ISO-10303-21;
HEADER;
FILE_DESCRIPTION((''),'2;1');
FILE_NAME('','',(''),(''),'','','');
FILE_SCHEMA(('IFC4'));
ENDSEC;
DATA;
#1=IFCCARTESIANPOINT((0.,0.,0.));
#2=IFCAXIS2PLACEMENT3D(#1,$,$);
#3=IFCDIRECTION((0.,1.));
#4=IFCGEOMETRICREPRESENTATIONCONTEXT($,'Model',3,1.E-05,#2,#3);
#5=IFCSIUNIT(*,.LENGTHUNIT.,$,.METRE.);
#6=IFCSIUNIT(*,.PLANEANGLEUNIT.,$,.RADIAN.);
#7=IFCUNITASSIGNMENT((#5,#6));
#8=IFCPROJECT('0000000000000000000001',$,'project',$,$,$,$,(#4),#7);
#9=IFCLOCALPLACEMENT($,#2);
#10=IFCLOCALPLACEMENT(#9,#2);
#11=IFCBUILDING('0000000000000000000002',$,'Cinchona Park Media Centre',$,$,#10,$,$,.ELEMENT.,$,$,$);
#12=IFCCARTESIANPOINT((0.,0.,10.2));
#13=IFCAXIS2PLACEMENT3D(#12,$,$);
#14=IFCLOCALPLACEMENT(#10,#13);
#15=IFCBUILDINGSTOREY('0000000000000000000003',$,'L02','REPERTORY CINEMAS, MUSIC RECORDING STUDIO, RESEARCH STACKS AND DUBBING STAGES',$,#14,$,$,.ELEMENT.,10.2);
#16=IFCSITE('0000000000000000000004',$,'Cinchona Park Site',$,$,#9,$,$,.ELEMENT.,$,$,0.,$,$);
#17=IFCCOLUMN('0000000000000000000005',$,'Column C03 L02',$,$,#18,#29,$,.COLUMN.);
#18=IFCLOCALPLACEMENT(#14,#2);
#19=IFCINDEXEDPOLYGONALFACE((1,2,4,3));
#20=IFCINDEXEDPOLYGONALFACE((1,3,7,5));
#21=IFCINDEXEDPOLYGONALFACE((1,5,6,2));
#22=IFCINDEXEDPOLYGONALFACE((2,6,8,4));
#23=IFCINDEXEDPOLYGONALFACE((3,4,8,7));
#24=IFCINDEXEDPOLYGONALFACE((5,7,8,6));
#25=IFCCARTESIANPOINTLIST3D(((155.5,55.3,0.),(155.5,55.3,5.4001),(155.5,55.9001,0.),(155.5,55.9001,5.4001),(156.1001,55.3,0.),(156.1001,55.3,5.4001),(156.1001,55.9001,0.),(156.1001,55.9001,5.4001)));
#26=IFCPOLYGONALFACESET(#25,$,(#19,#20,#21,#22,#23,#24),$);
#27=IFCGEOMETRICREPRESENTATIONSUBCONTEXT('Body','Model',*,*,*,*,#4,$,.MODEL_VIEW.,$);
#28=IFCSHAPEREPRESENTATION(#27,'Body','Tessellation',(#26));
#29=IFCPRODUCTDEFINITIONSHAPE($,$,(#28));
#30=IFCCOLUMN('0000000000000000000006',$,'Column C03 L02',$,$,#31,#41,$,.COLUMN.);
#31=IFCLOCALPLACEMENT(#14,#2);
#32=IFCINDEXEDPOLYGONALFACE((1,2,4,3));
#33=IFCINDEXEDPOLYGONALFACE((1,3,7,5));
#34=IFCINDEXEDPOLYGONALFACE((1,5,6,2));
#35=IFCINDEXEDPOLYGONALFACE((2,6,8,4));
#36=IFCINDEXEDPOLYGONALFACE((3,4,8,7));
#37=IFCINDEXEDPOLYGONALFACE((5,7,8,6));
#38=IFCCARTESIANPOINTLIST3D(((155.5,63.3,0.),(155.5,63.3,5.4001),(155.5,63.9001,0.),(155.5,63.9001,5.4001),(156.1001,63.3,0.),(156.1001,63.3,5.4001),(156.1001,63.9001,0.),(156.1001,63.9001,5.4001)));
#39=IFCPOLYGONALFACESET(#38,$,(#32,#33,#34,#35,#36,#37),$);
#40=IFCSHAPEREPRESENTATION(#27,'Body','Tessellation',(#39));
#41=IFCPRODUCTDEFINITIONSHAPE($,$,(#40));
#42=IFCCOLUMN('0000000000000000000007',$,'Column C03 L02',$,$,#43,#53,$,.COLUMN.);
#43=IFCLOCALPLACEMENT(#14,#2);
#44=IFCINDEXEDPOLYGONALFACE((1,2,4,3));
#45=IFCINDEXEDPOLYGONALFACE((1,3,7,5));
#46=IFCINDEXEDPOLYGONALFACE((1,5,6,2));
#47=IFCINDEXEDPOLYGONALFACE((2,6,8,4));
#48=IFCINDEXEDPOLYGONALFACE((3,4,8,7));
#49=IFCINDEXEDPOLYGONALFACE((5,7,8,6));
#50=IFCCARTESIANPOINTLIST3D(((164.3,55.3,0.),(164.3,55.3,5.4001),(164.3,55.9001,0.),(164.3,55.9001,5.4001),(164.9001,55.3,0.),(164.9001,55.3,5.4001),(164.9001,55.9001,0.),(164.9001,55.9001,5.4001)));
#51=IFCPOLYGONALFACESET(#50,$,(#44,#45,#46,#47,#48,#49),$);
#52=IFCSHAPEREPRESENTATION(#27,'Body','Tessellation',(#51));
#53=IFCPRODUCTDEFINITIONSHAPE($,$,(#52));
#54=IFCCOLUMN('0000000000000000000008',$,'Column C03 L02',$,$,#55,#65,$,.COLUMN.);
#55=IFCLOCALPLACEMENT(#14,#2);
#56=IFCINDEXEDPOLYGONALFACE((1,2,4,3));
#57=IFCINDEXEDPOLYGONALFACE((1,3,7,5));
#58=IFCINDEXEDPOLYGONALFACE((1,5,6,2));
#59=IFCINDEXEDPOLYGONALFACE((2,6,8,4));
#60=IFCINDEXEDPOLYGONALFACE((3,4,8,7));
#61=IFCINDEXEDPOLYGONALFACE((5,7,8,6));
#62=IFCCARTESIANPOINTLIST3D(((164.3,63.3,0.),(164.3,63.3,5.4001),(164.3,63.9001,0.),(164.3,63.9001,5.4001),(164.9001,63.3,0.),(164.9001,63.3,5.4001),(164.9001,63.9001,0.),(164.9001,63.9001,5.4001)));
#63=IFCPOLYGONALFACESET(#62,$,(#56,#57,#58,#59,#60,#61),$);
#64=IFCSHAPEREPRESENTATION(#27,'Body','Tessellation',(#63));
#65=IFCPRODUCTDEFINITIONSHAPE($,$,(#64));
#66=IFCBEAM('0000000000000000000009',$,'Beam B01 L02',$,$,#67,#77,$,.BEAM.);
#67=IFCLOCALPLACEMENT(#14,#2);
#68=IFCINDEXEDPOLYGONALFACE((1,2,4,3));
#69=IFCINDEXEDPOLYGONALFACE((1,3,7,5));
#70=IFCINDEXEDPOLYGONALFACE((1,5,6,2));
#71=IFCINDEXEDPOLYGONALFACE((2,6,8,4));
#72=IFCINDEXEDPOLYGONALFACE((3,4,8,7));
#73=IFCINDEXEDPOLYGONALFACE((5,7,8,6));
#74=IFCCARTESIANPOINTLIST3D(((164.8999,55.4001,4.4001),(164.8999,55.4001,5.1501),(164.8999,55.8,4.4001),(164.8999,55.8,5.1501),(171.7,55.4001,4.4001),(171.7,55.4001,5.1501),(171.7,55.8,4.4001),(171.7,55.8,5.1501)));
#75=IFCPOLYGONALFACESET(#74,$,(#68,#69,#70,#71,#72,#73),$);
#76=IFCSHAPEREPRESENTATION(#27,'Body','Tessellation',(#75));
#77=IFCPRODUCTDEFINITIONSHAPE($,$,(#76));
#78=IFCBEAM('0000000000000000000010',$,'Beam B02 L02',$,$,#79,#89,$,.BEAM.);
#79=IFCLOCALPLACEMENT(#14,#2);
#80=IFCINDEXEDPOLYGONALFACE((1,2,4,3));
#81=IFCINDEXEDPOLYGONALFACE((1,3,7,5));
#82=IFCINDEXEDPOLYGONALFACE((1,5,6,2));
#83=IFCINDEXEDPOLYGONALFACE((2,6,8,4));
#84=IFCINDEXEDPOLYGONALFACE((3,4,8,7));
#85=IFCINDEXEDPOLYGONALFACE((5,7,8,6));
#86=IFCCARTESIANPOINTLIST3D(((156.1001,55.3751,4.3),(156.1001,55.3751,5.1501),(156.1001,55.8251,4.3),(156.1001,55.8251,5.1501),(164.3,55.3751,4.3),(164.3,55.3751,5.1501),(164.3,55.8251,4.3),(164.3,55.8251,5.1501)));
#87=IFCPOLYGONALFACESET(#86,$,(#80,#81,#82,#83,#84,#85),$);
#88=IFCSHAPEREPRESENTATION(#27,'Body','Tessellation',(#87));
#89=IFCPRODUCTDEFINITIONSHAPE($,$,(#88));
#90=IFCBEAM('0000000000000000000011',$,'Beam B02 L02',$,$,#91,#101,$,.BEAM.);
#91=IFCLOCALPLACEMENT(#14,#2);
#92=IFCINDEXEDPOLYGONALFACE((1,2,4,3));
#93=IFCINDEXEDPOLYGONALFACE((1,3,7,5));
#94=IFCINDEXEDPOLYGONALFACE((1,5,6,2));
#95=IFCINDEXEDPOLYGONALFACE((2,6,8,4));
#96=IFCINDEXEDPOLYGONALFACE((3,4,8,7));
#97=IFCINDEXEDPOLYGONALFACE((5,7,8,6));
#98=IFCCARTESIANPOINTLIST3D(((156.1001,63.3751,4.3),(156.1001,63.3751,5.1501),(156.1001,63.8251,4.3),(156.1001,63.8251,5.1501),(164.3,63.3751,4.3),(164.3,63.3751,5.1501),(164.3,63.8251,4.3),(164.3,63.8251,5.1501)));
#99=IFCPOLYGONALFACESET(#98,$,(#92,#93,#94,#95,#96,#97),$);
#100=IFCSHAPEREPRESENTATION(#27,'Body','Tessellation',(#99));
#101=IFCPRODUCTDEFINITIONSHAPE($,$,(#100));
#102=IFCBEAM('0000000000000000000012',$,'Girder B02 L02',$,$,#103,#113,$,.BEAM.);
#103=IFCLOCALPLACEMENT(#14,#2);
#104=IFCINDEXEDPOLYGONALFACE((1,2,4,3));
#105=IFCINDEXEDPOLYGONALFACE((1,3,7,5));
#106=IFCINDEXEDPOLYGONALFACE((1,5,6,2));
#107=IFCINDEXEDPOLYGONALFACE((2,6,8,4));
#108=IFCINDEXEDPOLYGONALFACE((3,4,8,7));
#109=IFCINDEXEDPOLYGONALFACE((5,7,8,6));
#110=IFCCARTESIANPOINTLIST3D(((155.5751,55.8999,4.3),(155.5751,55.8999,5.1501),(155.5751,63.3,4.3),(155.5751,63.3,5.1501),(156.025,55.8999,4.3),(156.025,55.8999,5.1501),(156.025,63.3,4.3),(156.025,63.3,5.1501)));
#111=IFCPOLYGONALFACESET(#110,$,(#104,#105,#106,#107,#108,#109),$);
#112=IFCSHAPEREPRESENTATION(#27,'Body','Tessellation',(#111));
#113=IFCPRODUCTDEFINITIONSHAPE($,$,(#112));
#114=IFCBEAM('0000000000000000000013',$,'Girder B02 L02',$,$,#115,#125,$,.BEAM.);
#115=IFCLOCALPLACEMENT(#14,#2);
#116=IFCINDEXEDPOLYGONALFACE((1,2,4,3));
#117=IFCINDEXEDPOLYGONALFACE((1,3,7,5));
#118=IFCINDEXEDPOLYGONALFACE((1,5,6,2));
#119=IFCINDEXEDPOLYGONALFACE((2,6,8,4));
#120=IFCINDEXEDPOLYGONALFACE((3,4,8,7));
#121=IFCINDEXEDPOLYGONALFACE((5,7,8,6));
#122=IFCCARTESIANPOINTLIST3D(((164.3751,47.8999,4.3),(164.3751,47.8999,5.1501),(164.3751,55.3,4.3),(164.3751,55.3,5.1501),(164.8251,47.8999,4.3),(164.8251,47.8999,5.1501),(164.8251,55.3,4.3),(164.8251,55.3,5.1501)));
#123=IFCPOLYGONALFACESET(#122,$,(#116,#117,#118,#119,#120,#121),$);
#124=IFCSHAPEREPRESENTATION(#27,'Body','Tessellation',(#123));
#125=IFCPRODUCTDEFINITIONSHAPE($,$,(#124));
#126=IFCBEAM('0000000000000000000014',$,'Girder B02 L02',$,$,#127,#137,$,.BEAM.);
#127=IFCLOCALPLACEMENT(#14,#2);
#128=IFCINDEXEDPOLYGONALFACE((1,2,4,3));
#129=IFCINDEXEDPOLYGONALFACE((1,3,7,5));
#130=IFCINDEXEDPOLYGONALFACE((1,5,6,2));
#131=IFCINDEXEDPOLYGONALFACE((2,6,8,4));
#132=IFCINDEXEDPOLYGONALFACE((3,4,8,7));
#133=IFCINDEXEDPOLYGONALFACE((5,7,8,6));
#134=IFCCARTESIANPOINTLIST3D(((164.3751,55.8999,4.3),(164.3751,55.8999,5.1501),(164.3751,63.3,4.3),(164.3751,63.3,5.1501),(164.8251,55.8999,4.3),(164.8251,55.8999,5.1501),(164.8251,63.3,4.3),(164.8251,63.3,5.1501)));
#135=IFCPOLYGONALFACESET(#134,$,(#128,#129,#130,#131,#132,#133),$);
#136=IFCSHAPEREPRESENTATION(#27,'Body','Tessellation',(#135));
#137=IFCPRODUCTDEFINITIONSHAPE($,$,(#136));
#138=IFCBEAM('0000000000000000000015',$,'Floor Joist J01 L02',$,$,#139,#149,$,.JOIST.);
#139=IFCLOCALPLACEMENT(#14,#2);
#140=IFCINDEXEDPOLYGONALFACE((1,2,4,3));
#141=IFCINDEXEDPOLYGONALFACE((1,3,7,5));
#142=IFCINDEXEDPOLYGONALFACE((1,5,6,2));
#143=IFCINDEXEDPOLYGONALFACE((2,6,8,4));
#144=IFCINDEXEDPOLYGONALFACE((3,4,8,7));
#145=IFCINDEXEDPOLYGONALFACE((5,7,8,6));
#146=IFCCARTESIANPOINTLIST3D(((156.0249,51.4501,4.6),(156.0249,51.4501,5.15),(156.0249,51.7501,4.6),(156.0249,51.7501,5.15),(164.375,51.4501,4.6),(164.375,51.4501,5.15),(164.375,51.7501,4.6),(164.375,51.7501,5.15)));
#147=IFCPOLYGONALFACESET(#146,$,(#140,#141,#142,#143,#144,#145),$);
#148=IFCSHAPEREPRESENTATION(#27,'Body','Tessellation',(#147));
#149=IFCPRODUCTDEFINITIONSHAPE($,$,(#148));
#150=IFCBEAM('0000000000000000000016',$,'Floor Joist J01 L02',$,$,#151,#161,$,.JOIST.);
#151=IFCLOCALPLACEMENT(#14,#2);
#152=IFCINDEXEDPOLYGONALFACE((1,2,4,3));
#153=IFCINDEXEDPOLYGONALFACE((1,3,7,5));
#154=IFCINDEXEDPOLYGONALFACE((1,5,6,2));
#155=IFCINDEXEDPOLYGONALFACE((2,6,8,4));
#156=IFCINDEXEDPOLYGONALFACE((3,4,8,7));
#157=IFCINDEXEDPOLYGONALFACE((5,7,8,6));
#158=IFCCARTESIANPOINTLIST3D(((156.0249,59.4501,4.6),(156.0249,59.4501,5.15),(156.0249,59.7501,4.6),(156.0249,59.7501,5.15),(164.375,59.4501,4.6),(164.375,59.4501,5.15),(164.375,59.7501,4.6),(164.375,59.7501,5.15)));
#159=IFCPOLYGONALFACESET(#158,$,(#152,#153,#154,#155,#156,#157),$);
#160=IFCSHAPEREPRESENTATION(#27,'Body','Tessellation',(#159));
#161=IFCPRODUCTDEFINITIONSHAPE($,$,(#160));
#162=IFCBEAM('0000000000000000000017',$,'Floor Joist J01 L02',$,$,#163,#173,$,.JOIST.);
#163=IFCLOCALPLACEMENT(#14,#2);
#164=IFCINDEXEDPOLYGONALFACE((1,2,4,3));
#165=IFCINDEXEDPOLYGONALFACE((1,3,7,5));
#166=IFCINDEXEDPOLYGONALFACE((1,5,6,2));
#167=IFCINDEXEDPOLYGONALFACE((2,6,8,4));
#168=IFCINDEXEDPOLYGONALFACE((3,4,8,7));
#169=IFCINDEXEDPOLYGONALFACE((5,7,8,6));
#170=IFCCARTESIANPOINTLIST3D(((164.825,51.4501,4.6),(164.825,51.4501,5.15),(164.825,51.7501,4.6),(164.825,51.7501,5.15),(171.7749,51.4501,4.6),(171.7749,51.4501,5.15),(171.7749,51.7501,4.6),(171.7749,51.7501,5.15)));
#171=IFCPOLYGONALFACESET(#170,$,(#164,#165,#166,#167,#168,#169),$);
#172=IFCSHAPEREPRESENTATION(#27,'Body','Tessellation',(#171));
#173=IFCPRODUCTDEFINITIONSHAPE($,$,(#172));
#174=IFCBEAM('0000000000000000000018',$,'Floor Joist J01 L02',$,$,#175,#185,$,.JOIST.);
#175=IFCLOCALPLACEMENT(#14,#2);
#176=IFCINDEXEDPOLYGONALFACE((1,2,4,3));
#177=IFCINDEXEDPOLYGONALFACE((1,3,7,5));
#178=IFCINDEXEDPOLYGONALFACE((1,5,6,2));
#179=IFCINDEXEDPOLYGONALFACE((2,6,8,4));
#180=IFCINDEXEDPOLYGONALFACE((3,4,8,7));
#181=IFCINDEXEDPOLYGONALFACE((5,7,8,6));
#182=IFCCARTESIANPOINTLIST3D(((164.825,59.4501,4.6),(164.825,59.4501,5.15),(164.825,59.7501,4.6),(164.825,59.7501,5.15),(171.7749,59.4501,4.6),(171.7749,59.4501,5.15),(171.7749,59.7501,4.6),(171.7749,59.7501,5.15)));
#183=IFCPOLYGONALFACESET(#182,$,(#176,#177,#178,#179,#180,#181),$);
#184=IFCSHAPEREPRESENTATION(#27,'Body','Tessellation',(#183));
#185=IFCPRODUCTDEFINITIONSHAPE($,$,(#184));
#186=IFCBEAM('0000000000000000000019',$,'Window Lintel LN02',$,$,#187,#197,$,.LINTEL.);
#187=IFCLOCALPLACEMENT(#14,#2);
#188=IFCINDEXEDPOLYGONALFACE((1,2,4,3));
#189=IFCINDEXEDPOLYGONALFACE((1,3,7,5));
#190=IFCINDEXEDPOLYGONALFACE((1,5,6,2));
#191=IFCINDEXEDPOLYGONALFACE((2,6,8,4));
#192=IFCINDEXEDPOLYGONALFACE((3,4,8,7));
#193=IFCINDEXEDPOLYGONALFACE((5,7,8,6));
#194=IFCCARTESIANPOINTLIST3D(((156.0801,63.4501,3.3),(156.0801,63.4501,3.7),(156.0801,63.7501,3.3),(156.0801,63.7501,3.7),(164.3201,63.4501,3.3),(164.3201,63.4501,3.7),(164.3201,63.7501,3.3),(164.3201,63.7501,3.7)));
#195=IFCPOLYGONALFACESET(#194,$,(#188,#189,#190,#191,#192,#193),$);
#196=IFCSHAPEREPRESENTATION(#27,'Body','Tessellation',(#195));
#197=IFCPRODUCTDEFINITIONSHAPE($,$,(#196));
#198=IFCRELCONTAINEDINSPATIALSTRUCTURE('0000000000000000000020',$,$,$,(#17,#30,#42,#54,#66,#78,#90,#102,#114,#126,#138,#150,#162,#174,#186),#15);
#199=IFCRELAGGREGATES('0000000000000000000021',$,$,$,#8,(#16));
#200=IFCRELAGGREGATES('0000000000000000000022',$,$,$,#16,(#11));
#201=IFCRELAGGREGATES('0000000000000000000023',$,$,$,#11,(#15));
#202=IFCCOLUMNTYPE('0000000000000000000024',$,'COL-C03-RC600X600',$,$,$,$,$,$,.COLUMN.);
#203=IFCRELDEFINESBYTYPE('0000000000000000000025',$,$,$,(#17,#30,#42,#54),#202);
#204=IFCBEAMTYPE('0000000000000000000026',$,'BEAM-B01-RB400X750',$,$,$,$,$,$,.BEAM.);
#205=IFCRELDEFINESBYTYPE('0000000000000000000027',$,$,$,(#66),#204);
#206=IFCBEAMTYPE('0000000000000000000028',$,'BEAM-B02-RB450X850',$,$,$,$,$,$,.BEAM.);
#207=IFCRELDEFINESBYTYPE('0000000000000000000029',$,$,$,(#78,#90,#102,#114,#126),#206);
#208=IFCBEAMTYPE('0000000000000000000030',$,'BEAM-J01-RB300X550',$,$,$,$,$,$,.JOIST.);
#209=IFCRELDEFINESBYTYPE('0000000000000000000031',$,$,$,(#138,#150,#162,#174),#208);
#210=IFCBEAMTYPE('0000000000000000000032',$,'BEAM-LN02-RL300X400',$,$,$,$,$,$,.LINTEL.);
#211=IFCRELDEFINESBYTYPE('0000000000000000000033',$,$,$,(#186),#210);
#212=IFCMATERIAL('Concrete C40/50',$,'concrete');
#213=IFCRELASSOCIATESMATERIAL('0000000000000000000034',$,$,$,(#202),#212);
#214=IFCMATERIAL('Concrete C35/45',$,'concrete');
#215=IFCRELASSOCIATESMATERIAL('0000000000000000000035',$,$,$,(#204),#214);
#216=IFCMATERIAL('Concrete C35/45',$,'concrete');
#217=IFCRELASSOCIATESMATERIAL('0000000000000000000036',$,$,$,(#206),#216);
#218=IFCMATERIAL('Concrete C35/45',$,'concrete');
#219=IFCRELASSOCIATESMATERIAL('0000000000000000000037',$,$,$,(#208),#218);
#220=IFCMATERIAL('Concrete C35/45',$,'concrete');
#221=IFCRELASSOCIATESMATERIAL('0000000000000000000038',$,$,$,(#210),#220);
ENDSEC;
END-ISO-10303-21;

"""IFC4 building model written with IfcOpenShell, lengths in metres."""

from ifc_helpers import new_model, si_unit, direction, frame, origin, origin_2d, place, context, subcontext, project, spatial, rectangle, extrude, material, material_profile, profile_set, type_object, element, save


model = new_model("IFC4")

# Units and contexts
model_context = context("Model", 3, precision=1e-05, world=origin(), true_north=direction((0.0, 1.0)))
body_context = subcontext(model_context, "Body", "Model", "MODEL_VIEW")
ifc_project = project(units=[si_unit("LENGTHUNIT", "METRE"), si_unit("PLANEANGLEUNIT", "RADIAN")], contexts=[model_context])

# Site, building, storey
site_placement = place(None, origin())
site = spatial("IfcSite", under=ifc_project, at=site_placement, Name="Cinchona Park Site", CompositionType="ELEMENT", RefElevation=0.0)
building_placement = place(site_placement, origin())
building = spatial("IfcBuilding", under=site, at=building_placement, Name="Cinchona Park Media Centre", CompositionType="ELEMENT")
storey_placement = place(building_placement, frame((0.0, 0.0, 10.2)))
storey = spatial("IfcBuildingStorey", under=building, at=storey_placement, Name="L02", Description="REPERTORY CINEMAS, MUSIC RECORDING STUDIO, RESEARCH STACKS AND DUBBING STAGES", CompositionType="ELEMENT", Elevation=10.2)

# Columns
ifc_material_1 = material(Name="Concrete C40/50", Category="concrete")
ifc_material_profile_1 = material_profile(ifc_material_1, rectangle(XDim=0.6001, YDim=0.6001, at=origin_2d()), Name="RC 600X600")
ifc_profile_set_1 = profile_set([ifc_material_profile_1], Name="Concrete C40/50")
column_type = type_object("IfcColumnType", Name="COL-C03-RC600X600", PredefinedType="COLUMN", material=ifc_profile_set_1)
for number, where, z_axis, x_axis, name in (
    (1, (155.8, 55.6001, 0.0), (0.0, 0.0, 1.0), (1.0, 0.0, 0.0), "Column C03 L02"),
    (2, (155.8, 63.6001, 0.0), (0.0, 0.0, 1.0), (1.0, 0.0, 0.0), "Column C03 L02"),
    (3, (164.6001, 55.6001, 0.0), (0.0, 0.0, 1.0), (1.0, 0.0, 0.0), "Column C03 L02"),
    (4, (164.6001, 63.6001, 0.0), (0.0, 0.0, 1.0), (1.0, 0.0, 0.0), "Column C03 L02"),
):
    element("IfcColumn", number, at=place(storey_placement, frame(where, z_axis=z_axis, x_axis=x_axis)), inside=storey, type_object=column_type, Name=name, PredefinedType="COLUMN", context=body_context, shape_type="SweptSolid", body=[
        extrude(rectangle(XDim=0.6001, YDim=0.6001, at=origin_2d()), origin(), (0.0, 0.0, 1.0), 5.4001),
    ])

# Beams
ifc_material_2 = material(Name="Concrete C35/45", Category="concrete")
ifc_material_profile_2 = material_profile(ifc_material_2, rectangle(XDim=0.3999, YDim=0.75, at=origin_2d()), Name="RB 400X750")
ifc_profile_set_2 = profile_set([ifc_material_profile_2], Name="Concrete C35/45")
beam_type_1 = type_object("IfcBeamType", Name="BEAM-B01-RB400X750", PredefinedType="BEAM", material=ifc_profile_set_2)
beam_1_placement = place(storey_placement, frame((164.8999, 55.6001, 4.7751), z_axis=(1.0, 0.0, 0.0), x_axis=(0.0, 1.0, 0.0)))
element("IfcBeam", 5, at=beam_1_placement, inside=storey, type_object=beam_type_1, Name="Beam B01 L02", PredefinedType="BEAM", context=body_context, shape_type="SweptSolid", body=[
    extrude(rectangle(XDim=0.3999, YDim=0.75, at=origin_2d()), origin(), (0.0, 0.0, 1.0), 6.8),
])
ifc_material_3 = material(Name="Concrete C35/45", Category="concrete")
ifc_material_profile_3 = material_profile(ifc_material_3, rectangle(XDim=0.45, YDim=0.8501, at=origin_2d()), Name="RB 450X850")
ifc_profile_set_3 = profile_set([ifc_material_profile_3], Name="Concrete C35/45")
beam_type_2 = type_object("IfcBeamType", Name="BEAM-B02-RB450X850", PredefinedType="BEAM", material=ifc_profile_set_3)
for number, where, z_axis, x_axis, name in (
    (6, (156.1001, 55.6001, 4.7251), (1.0, 0.0, 0.0), (0.0, 1.0, 0.0), "Beam B02 L02"),
    (7, (156.1001, 63.6001, 4.7251), (1.0, 0.0, 0.0), (0.0, 1.0, 0.0), "Beam B02 L02"),
):
    element("IfcBeam", number, at=place(storey_placement, frame(where, z_axis=z_axis, x_axis=x_axis)), inside=storey, type_object=beam_type_2, Name=name, PredefinedType="BEAM", context=body_context, shape_type="SweptSolid", body=[
        extrude(rectangle(XDim=0.45, YDim=0.8501, at=origin_2d()), origin(), (0.0, 0.0, 1.0), 8.2),
    ])
for number, where, z_axis, x_axis, name in (
    (8, (155.8, 55.8999, 4.7251), (0.0, 1.0, 0.0), (-1.0, 0.0, 0.0), "Girder B02 L02"),
    (9, (164.6001, 47.8999, 4.7251), (0.0, 1.0, 0.0), (-1.0, 0.0, 0.0), "Girder B02 L02"),
    (10, (164.6001, 55.8999, 4.7251), (0.0, 1.0, 0.0), (-1.0, 0.0, 0.0), "Girder B02 L02"),
):
    element("IfcBeam", number, at=place(storey_placement, frame(where, z_axis=z_axis, x_axis=x_axis)), inside=storey, type_object=beam_type_2, Name=name, PredefinedType="BEAM", context=body_context, shape_type="SweptSolid", body=[
        extrude(rectangle(XDim=0.45, YDim=0.8501, at=origin_2d()), origin(), (0.0, 0.0, 1.0), 7.4001),
    ])
ifc_material_4 = material(Name="Concrete C35/45", Category="concrete")
ifc_material_profile_4 = material_profile(ifc_material_4, rectangle(XDim=0.3, YDim=0.55, at=origin_2d()), Name="RB 300X550")
ifc_profile_set_4 = profile_set([ifc_material_profile_4], Name="Concrete C35/45")
beam_type_3 = type_object("IfcBeamType", Name="BEAM-J01-RB300X550", PredefinedType="JOIST", material=ifc_profile_set_4)
for number, where, z_axis, x_axis, name in (
    (11, (156.0249, 51.6001, 4.875), (1.0, 0.0, 0.0), (0.0, 1.0, 0.0), "Floor Joist J01 L02"),
    (12, (156.0249, 59.6001, 4.875), (1.0, 0.0, 0.0), (0.0, 1.0, 0.0), "Floor Joist J01 L02"),
):
    element("IfcBeam", number, at=place(storey_placement, frame(where, z_axis=z_axis, x_axis=x_axis)), inside=storey, type_object=beam_type_3, Name=name, PredefinedType="JOIST", context=body_context, shape_type="SweptSolid", body=[
        extrude(rectangle(XDim=0.3, YDim=0.55, at=origin_2d()), origin(), (0.0, 0.0, 1.0), 8.3501),
    ])
for number, where, z_axis, x_axis, name in (
    (13, (164.825, 51.6001, 4.875), (1.0, 0.0, 0.0), (0.0, 1.0, 0.0), "Floor Joist J01 L02"),
    (14, (164.825, 59.6001, 4.875), (1.0, 0.0, 0.0), (0.0, 1.0, 0.0), "Floor Joist J01 L02"),
):
    element("IfcBeam", number, at=place(storey_placement, frame(where, z_axis=z_axis, x_axis=x_axis)), inside=storey, type_object=beam_type_3, Name=name, PredefinedType="JOIST", context=body_context, shape_type="SweptSolid", body=[
        extrude(rectangle(XDim=0.3, YDim=0.55, at=origin_2d()), origin(), (0.0, 0.0, 1.0), 6.95),
    ])
ifc_material_5 = material(Name="Concrete C35/45", Category="concrete")
ifc_material_profile_5 = material_profile(ifc_material_5, rectangle(XDim=0.3, YDim=0.3999, at=origin_2d()), Name="RL 300X400")
ifc_profile_set_5 = profile_set([ifc_material_profile_5], Name="Concrete C35/45")
beam_type_4 = type_object("IfcBeamType", Name="BEAM-LN02-RL300X400", PredefinedType="LINTEL", material=ifc_profile_set_5)
beam_2_placement = place(storey_placement, frame((156.0801, 63.6001, 3.5), z_axis=(1.0, 0.0, 0.0), x_axis=(0.0, 1.0, 0.0)))
element("IfcBeam", 15, at=beam_2_placement, inside=storey, type_object=beam_type_4, Name="Window Lintel LN02", PredefinedType="LINTEL", context=body_context, shape_type="SweptSolid", body=[
    extrude(rectangle(XDim=0.3, YDim=0.3999, at=origin_2d()), origin(), (0.0, 0.0, 1.0), 8.24),
])

save(model, "model.ifc")
